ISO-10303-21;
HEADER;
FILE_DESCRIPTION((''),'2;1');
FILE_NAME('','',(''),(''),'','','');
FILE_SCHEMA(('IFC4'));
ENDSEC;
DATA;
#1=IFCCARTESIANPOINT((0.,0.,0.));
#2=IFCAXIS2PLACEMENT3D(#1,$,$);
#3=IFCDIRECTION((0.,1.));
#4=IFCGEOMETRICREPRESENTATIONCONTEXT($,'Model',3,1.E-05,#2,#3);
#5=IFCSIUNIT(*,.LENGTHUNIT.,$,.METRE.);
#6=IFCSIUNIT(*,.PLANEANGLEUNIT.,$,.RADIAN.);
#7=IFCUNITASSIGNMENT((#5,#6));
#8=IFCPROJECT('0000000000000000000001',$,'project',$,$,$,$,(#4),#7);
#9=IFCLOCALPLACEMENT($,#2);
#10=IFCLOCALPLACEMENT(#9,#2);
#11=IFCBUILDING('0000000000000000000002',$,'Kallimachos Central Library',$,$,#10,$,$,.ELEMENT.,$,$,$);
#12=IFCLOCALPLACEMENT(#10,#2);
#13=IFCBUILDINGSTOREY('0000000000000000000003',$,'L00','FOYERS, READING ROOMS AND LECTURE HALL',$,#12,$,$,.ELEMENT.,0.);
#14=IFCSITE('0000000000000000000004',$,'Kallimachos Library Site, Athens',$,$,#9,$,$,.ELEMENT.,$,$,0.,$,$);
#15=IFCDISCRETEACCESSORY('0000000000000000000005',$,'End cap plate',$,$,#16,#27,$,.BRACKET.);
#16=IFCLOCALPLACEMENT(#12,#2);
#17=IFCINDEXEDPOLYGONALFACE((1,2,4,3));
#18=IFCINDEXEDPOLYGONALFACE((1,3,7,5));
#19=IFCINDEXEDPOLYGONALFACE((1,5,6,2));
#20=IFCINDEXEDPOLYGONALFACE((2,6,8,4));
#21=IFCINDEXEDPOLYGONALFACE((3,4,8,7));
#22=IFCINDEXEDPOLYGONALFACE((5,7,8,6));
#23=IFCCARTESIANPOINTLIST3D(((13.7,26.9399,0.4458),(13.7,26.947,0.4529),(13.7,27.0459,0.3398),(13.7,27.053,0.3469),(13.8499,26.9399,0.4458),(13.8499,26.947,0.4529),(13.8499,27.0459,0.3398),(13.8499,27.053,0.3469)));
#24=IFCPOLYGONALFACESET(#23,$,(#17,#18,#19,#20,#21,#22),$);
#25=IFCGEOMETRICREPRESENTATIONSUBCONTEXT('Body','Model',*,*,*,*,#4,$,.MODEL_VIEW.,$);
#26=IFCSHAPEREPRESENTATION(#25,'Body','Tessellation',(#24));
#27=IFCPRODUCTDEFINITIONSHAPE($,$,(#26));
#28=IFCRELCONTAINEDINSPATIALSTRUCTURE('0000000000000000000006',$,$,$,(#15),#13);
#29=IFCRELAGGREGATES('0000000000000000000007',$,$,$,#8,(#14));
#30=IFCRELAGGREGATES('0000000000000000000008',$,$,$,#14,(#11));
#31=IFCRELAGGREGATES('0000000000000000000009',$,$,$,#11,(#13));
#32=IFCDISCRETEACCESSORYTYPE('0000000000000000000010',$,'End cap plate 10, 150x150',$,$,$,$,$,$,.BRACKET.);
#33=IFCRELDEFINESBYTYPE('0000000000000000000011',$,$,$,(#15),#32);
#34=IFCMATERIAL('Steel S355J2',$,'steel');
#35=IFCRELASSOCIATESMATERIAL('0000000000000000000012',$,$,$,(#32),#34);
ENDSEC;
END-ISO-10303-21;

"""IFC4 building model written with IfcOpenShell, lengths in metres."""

from ifc_helpers import new_model, si_unit, direction, frame, origin, origin_2d, place, context, subcontext, project, spatial, rectangle, extrude, material, material_profile, profile_set, type_object, element, save


model = new_model("IFC4")

# Units and contexts
model_context = context("Model", 3, precision=1e-05, world=origin(), true_north=direction((0.0, 1.0)))
body_context = subcontext(model_context, "Body", "Model", "MODEL_VIEW")
ifc_project = project(units=[si_unit("LENGTHUNIT", "METRE"), si_unit("PLANEANGLEUNIT", "RADIAN")], contexts=[model_context])

# Site, building, storey
site_placement = place(None, origin())
site = spatial("IfcSite", under=ifc_project, at=site_placement, Name="Kallimachos Library Site, Athens", CompositionType="ELEMENT", RefElevation=0.0)
building_placement = place(site_placement, origin())
building = spatial("IfcBuilding", under=site, at=building_placement, Name="Kallimachos Central Library", CompositionType="ELEMENT")
storey_placement = place(building_placement, origin())
storey = spatial("IfcBuildingStorey", under=building, at=storey_placement, Name="L00", Description="FOYERS, READING ROOMS AND LECTURE HALL", CompositionType="ELEMENT", Elevation=0.0)

# Discrete accessory
ifc_material_1 = material(Name="Steel S355J2", Category="steel")
ifc_material_profile_1 = material_profile(ifc_material_1, rectangle(XDim=0.1499, YDim=0.1499, at=origin_2d()), Name="End cap plate 10, 150x150")
ifc_profile_set_1 = profile_set([ifc_material_profile_1], Name="Steel S355J2")
discrete_accessory_type = type_object("IfcDiscreteAccessoryType", Name="End cap plate 10, 150x150", PredefinedType="BRACKET", material=ifc_profile_set_1)
discrete_accessory_placement = place(storey_placement, frame((13.7749, 26.9929, 0.3928), z_axis=(0.0, 0.707107, 0.707107), x_axis=(-1.0, 0.0, 0.0)))
element("IfcDiscreteAccessory", 1, at=discrete_accessory_placement, inside=storey, type_object=discrete_accessory_type, Name="End cap plate", PredefinedType="BRACKET", context=body_context, shape_type="SweptSolid", body=[
    extrude(rectangle(XDim=0.1499, YDim=0.1499, at=origin_2d()), origin(), (0.0, 0.0, 1.0), 0.01),
])

save(model, "model.ifc")
